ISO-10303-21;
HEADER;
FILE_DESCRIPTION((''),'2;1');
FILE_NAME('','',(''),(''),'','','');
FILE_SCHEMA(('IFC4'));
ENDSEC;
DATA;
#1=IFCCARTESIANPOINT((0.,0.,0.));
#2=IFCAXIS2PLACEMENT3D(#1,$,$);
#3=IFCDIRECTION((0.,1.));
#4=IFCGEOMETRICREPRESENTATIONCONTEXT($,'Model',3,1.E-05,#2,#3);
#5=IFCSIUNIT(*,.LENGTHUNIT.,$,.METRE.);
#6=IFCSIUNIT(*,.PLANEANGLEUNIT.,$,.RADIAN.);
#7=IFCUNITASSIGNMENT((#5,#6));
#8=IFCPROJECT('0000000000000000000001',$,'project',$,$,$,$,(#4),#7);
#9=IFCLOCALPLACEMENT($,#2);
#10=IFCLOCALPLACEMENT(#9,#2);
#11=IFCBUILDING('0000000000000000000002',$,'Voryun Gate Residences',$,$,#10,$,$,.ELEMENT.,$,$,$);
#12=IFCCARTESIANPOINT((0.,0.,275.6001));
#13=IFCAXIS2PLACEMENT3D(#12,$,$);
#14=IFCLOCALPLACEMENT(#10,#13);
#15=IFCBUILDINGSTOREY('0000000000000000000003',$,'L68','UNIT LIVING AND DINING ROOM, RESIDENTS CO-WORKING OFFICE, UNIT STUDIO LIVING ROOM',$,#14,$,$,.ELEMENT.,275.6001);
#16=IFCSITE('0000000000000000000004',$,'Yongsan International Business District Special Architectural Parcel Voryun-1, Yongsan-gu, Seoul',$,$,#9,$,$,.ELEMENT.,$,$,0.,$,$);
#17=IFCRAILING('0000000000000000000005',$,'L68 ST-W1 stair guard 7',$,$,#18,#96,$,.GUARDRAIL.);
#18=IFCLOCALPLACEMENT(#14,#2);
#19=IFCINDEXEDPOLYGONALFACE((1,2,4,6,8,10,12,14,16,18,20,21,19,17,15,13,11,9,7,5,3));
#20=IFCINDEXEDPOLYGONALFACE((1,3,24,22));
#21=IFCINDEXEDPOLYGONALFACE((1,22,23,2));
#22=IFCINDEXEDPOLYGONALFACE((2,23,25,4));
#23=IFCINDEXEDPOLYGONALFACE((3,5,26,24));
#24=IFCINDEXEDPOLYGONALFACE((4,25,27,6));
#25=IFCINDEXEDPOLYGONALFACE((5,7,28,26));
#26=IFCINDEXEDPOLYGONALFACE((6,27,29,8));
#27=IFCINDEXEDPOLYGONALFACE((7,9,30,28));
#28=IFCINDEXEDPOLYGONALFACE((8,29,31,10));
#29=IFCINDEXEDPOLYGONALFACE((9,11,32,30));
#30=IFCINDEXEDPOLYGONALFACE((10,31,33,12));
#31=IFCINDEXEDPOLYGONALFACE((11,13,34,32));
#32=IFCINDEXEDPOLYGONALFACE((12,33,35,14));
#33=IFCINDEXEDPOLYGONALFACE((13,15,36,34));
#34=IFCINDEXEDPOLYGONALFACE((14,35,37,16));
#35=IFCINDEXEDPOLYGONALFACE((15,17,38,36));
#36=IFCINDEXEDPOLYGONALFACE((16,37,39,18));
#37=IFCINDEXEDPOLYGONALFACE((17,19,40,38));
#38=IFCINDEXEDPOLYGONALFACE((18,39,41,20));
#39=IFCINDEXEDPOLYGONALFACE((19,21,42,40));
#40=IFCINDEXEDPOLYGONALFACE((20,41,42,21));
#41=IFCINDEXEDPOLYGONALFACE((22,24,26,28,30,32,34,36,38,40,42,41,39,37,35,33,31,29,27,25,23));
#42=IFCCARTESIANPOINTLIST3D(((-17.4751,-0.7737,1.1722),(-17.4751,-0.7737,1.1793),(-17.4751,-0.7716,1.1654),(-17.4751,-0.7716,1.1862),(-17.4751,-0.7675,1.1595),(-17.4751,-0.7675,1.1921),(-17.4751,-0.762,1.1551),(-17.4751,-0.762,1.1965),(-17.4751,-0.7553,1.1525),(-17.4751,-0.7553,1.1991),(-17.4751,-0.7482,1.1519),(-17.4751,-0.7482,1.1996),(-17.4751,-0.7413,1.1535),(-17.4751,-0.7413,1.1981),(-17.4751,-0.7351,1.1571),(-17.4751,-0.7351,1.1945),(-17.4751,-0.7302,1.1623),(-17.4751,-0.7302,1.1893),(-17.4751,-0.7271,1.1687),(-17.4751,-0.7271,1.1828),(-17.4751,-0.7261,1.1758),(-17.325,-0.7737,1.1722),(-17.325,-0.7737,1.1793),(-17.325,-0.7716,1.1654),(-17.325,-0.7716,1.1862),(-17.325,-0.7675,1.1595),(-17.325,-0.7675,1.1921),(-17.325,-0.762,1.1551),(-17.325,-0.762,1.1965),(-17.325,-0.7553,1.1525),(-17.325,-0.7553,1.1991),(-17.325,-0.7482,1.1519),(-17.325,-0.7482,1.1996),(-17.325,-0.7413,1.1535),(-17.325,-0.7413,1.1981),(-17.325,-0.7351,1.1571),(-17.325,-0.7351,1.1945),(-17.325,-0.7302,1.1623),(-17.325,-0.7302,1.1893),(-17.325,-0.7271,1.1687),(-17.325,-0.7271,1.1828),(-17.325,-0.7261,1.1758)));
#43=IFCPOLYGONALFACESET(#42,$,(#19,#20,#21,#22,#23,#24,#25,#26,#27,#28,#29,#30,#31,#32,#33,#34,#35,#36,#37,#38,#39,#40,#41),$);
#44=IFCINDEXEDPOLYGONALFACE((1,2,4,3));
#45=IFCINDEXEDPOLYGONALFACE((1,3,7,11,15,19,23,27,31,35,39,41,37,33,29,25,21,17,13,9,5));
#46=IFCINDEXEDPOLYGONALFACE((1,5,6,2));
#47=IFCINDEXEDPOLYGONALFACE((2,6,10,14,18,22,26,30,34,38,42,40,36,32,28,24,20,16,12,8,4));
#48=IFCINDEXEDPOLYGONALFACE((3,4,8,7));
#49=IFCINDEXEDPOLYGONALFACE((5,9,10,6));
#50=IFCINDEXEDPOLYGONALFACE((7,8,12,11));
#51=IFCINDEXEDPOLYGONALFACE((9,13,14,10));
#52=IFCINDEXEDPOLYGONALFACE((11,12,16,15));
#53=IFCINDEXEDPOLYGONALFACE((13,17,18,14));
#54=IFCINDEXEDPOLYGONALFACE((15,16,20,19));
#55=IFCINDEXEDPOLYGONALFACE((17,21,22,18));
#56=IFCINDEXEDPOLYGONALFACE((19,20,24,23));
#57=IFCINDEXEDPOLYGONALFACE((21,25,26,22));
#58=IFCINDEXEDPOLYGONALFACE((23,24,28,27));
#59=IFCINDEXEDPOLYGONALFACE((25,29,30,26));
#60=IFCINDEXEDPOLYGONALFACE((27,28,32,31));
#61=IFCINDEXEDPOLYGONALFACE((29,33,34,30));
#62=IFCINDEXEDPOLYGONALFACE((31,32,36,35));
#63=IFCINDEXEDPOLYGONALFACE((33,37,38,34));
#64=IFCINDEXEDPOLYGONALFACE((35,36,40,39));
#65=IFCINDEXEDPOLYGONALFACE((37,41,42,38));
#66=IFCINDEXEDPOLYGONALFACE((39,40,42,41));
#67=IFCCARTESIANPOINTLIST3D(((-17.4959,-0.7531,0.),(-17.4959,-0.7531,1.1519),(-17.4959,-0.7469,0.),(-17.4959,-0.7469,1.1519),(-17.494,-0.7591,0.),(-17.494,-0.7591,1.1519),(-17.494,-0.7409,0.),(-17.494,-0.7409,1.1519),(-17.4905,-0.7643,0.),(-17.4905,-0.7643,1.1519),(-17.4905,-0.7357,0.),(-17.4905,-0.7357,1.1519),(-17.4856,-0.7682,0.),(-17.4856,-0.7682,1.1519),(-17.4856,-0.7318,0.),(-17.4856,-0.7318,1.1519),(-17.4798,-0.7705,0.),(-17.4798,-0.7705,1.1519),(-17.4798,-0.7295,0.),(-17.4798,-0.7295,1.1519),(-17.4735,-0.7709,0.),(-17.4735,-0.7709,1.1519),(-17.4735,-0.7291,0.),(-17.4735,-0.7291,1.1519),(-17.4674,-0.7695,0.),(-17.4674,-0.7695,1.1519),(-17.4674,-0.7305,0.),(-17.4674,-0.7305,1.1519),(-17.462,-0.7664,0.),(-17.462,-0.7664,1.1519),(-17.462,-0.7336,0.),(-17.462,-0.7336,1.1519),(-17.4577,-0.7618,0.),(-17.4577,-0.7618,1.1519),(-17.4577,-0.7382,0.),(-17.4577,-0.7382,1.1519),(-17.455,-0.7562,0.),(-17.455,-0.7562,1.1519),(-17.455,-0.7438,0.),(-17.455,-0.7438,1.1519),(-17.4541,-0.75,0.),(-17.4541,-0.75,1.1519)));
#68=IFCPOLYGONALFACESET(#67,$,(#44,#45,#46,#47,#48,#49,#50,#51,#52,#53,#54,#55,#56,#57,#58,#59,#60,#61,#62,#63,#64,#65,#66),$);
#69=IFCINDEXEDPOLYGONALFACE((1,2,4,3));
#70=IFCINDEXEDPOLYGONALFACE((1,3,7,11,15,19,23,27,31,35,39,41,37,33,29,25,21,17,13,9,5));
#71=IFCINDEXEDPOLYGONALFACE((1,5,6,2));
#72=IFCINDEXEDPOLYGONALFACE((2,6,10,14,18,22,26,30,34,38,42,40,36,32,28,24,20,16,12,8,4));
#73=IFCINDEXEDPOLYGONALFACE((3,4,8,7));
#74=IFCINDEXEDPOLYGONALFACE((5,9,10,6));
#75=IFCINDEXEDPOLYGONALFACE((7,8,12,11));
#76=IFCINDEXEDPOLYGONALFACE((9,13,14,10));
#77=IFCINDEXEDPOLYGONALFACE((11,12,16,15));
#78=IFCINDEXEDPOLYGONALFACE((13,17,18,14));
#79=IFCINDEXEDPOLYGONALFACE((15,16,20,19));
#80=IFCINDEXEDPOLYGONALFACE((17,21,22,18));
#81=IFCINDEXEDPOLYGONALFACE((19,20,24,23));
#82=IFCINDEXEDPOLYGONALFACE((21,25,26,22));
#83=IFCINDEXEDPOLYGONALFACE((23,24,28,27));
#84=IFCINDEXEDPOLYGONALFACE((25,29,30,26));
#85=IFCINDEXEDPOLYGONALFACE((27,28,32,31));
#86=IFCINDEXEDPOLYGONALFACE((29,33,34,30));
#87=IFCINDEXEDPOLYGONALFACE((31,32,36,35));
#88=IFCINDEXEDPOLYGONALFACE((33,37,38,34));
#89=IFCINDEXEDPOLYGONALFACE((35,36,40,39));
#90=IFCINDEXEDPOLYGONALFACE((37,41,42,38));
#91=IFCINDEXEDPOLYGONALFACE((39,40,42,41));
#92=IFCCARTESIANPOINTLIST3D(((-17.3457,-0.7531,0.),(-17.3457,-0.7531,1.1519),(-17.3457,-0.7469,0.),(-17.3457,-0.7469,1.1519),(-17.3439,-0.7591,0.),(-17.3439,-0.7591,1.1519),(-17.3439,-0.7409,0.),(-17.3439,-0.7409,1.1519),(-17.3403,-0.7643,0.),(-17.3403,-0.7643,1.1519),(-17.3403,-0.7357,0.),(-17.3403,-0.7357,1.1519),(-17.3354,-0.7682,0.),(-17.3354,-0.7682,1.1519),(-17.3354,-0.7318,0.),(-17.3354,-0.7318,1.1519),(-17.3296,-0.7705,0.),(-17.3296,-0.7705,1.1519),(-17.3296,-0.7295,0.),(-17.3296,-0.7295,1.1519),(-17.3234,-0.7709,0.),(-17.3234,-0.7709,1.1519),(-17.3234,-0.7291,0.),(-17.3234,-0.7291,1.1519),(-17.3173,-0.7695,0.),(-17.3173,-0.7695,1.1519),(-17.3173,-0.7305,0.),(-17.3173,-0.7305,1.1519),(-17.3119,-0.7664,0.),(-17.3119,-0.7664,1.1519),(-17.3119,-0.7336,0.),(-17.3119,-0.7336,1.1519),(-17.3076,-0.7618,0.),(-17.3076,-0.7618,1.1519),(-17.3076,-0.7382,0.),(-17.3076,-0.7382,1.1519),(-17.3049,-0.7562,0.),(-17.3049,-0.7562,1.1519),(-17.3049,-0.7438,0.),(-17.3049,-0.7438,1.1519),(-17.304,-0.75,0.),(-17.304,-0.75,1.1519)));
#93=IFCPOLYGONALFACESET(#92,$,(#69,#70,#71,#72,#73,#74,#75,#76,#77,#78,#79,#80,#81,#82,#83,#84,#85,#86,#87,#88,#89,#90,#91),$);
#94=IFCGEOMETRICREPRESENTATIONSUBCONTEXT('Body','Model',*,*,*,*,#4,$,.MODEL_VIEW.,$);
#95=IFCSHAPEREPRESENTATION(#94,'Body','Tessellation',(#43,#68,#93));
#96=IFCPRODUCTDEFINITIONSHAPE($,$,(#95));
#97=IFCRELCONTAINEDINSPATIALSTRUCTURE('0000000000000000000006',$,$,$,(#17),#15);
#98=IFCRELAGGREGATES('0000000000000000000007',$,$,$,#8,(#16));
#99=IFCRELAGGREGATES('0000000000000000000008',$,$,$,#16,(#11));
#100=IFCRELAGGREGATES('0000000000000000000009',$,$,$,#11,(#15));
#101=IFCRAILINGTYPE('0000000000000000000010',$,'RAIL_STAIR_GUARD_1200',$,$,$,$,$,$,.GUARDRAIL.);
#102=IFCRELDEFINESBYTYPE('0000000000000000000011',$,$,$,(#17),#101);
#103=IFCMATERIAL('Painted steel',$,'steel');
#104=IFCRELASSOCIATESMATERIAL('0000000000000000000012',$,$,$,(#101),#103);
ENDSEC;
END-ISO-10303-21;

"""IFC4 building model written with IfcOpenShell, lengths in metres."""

from ifc_helpers import new_model, si_unit, direction, frame, origin, origin_2d, place, context, subcontext, project, spatial, circle, extrude, material, type_object, element, save


model = new_model("IFC4")

# Units and contexts
model_context = context("Model", 3, precision=1e-05, world=origin(), true_north=direction((0.0, 1.0)))
body_context = subcontext(model_context, "Body", "Model", "MODEL_VIEW")
ifc_project = project(units=[si_unit("LENGTHUNIT", "METRE"), si_unit("PLANEANGLEUNIT", "RADIAN")], contexts=[model_context])

# Site, building, storey
site_placement = place(None, origin())
site = spatial("IfcSite", under=ifc_project, at=site_placement, Name="Yongsan International Business District Special Architectural Parcel Voryun-1, Yongsan-gu, Seoul", CompositionType="ELEMENT", RefElevation=0.0)
building_placement = place(site_placement, origin())
building = spatial("IfcBuilding", under=site, at=building_placement, Name="Voryun Gate Residences", CompositionType="ELEMENT")
storey_placement = place(building_placement, frame((0.0, 0.0, 275.6001)))
storey = spatial("IfcBuildingStorey", under=building, at=storey_placement, Name="L68", Description="UNIT LIVING AND DINING ROOM, RESIDENTS CO-WORKING OFFICE, UNIT STUDIO LIVING ROOM", CompositionType="ELEMENT", Elevation=275.6001)

# Railing
ifc_material_1 = material(Name="Painted steel", Category="steel")
railing_type_1 = type_object("IfcRailingType", Name="RAIL_STAIR_GUARD_1200", PredefinedType="GUARDRAIL", material=ifc_material_1)
railing_1_placement = place(storey_placement, frame((-17.4751, -0.75, 0.0)))
element("IfcRailing", 1, at=railing_1_placement, inside=storey, type_object=railing_type_1, Name="L68 ST-W1 stair guard 7", PredefinedType="GUARDRAIL", context=body_context, shape_type="SweptSolid", body=[
    extrude(circle(Radius=0.0239, at=origin_2d()), frame((0.0, 0.0, 1.1758), z_axis=(1.0, 0.0, 0.0), x_axis=(0.0, 1.0, 0.0)), (0.0, 0.0, 1.0), 0.1501),
    extrude(circle(Radius=0.021, at=origin_2d()), origin(), (0.0, 0.0, 1.0), 1.1519),
    extrude(circle(Radius=0.021, at=origin_2d()), frame((0.1501, 0.0, 0.0)), (0.0, 0.0, 1.0), 1.1519),
])

save(model, "model.ifc")
